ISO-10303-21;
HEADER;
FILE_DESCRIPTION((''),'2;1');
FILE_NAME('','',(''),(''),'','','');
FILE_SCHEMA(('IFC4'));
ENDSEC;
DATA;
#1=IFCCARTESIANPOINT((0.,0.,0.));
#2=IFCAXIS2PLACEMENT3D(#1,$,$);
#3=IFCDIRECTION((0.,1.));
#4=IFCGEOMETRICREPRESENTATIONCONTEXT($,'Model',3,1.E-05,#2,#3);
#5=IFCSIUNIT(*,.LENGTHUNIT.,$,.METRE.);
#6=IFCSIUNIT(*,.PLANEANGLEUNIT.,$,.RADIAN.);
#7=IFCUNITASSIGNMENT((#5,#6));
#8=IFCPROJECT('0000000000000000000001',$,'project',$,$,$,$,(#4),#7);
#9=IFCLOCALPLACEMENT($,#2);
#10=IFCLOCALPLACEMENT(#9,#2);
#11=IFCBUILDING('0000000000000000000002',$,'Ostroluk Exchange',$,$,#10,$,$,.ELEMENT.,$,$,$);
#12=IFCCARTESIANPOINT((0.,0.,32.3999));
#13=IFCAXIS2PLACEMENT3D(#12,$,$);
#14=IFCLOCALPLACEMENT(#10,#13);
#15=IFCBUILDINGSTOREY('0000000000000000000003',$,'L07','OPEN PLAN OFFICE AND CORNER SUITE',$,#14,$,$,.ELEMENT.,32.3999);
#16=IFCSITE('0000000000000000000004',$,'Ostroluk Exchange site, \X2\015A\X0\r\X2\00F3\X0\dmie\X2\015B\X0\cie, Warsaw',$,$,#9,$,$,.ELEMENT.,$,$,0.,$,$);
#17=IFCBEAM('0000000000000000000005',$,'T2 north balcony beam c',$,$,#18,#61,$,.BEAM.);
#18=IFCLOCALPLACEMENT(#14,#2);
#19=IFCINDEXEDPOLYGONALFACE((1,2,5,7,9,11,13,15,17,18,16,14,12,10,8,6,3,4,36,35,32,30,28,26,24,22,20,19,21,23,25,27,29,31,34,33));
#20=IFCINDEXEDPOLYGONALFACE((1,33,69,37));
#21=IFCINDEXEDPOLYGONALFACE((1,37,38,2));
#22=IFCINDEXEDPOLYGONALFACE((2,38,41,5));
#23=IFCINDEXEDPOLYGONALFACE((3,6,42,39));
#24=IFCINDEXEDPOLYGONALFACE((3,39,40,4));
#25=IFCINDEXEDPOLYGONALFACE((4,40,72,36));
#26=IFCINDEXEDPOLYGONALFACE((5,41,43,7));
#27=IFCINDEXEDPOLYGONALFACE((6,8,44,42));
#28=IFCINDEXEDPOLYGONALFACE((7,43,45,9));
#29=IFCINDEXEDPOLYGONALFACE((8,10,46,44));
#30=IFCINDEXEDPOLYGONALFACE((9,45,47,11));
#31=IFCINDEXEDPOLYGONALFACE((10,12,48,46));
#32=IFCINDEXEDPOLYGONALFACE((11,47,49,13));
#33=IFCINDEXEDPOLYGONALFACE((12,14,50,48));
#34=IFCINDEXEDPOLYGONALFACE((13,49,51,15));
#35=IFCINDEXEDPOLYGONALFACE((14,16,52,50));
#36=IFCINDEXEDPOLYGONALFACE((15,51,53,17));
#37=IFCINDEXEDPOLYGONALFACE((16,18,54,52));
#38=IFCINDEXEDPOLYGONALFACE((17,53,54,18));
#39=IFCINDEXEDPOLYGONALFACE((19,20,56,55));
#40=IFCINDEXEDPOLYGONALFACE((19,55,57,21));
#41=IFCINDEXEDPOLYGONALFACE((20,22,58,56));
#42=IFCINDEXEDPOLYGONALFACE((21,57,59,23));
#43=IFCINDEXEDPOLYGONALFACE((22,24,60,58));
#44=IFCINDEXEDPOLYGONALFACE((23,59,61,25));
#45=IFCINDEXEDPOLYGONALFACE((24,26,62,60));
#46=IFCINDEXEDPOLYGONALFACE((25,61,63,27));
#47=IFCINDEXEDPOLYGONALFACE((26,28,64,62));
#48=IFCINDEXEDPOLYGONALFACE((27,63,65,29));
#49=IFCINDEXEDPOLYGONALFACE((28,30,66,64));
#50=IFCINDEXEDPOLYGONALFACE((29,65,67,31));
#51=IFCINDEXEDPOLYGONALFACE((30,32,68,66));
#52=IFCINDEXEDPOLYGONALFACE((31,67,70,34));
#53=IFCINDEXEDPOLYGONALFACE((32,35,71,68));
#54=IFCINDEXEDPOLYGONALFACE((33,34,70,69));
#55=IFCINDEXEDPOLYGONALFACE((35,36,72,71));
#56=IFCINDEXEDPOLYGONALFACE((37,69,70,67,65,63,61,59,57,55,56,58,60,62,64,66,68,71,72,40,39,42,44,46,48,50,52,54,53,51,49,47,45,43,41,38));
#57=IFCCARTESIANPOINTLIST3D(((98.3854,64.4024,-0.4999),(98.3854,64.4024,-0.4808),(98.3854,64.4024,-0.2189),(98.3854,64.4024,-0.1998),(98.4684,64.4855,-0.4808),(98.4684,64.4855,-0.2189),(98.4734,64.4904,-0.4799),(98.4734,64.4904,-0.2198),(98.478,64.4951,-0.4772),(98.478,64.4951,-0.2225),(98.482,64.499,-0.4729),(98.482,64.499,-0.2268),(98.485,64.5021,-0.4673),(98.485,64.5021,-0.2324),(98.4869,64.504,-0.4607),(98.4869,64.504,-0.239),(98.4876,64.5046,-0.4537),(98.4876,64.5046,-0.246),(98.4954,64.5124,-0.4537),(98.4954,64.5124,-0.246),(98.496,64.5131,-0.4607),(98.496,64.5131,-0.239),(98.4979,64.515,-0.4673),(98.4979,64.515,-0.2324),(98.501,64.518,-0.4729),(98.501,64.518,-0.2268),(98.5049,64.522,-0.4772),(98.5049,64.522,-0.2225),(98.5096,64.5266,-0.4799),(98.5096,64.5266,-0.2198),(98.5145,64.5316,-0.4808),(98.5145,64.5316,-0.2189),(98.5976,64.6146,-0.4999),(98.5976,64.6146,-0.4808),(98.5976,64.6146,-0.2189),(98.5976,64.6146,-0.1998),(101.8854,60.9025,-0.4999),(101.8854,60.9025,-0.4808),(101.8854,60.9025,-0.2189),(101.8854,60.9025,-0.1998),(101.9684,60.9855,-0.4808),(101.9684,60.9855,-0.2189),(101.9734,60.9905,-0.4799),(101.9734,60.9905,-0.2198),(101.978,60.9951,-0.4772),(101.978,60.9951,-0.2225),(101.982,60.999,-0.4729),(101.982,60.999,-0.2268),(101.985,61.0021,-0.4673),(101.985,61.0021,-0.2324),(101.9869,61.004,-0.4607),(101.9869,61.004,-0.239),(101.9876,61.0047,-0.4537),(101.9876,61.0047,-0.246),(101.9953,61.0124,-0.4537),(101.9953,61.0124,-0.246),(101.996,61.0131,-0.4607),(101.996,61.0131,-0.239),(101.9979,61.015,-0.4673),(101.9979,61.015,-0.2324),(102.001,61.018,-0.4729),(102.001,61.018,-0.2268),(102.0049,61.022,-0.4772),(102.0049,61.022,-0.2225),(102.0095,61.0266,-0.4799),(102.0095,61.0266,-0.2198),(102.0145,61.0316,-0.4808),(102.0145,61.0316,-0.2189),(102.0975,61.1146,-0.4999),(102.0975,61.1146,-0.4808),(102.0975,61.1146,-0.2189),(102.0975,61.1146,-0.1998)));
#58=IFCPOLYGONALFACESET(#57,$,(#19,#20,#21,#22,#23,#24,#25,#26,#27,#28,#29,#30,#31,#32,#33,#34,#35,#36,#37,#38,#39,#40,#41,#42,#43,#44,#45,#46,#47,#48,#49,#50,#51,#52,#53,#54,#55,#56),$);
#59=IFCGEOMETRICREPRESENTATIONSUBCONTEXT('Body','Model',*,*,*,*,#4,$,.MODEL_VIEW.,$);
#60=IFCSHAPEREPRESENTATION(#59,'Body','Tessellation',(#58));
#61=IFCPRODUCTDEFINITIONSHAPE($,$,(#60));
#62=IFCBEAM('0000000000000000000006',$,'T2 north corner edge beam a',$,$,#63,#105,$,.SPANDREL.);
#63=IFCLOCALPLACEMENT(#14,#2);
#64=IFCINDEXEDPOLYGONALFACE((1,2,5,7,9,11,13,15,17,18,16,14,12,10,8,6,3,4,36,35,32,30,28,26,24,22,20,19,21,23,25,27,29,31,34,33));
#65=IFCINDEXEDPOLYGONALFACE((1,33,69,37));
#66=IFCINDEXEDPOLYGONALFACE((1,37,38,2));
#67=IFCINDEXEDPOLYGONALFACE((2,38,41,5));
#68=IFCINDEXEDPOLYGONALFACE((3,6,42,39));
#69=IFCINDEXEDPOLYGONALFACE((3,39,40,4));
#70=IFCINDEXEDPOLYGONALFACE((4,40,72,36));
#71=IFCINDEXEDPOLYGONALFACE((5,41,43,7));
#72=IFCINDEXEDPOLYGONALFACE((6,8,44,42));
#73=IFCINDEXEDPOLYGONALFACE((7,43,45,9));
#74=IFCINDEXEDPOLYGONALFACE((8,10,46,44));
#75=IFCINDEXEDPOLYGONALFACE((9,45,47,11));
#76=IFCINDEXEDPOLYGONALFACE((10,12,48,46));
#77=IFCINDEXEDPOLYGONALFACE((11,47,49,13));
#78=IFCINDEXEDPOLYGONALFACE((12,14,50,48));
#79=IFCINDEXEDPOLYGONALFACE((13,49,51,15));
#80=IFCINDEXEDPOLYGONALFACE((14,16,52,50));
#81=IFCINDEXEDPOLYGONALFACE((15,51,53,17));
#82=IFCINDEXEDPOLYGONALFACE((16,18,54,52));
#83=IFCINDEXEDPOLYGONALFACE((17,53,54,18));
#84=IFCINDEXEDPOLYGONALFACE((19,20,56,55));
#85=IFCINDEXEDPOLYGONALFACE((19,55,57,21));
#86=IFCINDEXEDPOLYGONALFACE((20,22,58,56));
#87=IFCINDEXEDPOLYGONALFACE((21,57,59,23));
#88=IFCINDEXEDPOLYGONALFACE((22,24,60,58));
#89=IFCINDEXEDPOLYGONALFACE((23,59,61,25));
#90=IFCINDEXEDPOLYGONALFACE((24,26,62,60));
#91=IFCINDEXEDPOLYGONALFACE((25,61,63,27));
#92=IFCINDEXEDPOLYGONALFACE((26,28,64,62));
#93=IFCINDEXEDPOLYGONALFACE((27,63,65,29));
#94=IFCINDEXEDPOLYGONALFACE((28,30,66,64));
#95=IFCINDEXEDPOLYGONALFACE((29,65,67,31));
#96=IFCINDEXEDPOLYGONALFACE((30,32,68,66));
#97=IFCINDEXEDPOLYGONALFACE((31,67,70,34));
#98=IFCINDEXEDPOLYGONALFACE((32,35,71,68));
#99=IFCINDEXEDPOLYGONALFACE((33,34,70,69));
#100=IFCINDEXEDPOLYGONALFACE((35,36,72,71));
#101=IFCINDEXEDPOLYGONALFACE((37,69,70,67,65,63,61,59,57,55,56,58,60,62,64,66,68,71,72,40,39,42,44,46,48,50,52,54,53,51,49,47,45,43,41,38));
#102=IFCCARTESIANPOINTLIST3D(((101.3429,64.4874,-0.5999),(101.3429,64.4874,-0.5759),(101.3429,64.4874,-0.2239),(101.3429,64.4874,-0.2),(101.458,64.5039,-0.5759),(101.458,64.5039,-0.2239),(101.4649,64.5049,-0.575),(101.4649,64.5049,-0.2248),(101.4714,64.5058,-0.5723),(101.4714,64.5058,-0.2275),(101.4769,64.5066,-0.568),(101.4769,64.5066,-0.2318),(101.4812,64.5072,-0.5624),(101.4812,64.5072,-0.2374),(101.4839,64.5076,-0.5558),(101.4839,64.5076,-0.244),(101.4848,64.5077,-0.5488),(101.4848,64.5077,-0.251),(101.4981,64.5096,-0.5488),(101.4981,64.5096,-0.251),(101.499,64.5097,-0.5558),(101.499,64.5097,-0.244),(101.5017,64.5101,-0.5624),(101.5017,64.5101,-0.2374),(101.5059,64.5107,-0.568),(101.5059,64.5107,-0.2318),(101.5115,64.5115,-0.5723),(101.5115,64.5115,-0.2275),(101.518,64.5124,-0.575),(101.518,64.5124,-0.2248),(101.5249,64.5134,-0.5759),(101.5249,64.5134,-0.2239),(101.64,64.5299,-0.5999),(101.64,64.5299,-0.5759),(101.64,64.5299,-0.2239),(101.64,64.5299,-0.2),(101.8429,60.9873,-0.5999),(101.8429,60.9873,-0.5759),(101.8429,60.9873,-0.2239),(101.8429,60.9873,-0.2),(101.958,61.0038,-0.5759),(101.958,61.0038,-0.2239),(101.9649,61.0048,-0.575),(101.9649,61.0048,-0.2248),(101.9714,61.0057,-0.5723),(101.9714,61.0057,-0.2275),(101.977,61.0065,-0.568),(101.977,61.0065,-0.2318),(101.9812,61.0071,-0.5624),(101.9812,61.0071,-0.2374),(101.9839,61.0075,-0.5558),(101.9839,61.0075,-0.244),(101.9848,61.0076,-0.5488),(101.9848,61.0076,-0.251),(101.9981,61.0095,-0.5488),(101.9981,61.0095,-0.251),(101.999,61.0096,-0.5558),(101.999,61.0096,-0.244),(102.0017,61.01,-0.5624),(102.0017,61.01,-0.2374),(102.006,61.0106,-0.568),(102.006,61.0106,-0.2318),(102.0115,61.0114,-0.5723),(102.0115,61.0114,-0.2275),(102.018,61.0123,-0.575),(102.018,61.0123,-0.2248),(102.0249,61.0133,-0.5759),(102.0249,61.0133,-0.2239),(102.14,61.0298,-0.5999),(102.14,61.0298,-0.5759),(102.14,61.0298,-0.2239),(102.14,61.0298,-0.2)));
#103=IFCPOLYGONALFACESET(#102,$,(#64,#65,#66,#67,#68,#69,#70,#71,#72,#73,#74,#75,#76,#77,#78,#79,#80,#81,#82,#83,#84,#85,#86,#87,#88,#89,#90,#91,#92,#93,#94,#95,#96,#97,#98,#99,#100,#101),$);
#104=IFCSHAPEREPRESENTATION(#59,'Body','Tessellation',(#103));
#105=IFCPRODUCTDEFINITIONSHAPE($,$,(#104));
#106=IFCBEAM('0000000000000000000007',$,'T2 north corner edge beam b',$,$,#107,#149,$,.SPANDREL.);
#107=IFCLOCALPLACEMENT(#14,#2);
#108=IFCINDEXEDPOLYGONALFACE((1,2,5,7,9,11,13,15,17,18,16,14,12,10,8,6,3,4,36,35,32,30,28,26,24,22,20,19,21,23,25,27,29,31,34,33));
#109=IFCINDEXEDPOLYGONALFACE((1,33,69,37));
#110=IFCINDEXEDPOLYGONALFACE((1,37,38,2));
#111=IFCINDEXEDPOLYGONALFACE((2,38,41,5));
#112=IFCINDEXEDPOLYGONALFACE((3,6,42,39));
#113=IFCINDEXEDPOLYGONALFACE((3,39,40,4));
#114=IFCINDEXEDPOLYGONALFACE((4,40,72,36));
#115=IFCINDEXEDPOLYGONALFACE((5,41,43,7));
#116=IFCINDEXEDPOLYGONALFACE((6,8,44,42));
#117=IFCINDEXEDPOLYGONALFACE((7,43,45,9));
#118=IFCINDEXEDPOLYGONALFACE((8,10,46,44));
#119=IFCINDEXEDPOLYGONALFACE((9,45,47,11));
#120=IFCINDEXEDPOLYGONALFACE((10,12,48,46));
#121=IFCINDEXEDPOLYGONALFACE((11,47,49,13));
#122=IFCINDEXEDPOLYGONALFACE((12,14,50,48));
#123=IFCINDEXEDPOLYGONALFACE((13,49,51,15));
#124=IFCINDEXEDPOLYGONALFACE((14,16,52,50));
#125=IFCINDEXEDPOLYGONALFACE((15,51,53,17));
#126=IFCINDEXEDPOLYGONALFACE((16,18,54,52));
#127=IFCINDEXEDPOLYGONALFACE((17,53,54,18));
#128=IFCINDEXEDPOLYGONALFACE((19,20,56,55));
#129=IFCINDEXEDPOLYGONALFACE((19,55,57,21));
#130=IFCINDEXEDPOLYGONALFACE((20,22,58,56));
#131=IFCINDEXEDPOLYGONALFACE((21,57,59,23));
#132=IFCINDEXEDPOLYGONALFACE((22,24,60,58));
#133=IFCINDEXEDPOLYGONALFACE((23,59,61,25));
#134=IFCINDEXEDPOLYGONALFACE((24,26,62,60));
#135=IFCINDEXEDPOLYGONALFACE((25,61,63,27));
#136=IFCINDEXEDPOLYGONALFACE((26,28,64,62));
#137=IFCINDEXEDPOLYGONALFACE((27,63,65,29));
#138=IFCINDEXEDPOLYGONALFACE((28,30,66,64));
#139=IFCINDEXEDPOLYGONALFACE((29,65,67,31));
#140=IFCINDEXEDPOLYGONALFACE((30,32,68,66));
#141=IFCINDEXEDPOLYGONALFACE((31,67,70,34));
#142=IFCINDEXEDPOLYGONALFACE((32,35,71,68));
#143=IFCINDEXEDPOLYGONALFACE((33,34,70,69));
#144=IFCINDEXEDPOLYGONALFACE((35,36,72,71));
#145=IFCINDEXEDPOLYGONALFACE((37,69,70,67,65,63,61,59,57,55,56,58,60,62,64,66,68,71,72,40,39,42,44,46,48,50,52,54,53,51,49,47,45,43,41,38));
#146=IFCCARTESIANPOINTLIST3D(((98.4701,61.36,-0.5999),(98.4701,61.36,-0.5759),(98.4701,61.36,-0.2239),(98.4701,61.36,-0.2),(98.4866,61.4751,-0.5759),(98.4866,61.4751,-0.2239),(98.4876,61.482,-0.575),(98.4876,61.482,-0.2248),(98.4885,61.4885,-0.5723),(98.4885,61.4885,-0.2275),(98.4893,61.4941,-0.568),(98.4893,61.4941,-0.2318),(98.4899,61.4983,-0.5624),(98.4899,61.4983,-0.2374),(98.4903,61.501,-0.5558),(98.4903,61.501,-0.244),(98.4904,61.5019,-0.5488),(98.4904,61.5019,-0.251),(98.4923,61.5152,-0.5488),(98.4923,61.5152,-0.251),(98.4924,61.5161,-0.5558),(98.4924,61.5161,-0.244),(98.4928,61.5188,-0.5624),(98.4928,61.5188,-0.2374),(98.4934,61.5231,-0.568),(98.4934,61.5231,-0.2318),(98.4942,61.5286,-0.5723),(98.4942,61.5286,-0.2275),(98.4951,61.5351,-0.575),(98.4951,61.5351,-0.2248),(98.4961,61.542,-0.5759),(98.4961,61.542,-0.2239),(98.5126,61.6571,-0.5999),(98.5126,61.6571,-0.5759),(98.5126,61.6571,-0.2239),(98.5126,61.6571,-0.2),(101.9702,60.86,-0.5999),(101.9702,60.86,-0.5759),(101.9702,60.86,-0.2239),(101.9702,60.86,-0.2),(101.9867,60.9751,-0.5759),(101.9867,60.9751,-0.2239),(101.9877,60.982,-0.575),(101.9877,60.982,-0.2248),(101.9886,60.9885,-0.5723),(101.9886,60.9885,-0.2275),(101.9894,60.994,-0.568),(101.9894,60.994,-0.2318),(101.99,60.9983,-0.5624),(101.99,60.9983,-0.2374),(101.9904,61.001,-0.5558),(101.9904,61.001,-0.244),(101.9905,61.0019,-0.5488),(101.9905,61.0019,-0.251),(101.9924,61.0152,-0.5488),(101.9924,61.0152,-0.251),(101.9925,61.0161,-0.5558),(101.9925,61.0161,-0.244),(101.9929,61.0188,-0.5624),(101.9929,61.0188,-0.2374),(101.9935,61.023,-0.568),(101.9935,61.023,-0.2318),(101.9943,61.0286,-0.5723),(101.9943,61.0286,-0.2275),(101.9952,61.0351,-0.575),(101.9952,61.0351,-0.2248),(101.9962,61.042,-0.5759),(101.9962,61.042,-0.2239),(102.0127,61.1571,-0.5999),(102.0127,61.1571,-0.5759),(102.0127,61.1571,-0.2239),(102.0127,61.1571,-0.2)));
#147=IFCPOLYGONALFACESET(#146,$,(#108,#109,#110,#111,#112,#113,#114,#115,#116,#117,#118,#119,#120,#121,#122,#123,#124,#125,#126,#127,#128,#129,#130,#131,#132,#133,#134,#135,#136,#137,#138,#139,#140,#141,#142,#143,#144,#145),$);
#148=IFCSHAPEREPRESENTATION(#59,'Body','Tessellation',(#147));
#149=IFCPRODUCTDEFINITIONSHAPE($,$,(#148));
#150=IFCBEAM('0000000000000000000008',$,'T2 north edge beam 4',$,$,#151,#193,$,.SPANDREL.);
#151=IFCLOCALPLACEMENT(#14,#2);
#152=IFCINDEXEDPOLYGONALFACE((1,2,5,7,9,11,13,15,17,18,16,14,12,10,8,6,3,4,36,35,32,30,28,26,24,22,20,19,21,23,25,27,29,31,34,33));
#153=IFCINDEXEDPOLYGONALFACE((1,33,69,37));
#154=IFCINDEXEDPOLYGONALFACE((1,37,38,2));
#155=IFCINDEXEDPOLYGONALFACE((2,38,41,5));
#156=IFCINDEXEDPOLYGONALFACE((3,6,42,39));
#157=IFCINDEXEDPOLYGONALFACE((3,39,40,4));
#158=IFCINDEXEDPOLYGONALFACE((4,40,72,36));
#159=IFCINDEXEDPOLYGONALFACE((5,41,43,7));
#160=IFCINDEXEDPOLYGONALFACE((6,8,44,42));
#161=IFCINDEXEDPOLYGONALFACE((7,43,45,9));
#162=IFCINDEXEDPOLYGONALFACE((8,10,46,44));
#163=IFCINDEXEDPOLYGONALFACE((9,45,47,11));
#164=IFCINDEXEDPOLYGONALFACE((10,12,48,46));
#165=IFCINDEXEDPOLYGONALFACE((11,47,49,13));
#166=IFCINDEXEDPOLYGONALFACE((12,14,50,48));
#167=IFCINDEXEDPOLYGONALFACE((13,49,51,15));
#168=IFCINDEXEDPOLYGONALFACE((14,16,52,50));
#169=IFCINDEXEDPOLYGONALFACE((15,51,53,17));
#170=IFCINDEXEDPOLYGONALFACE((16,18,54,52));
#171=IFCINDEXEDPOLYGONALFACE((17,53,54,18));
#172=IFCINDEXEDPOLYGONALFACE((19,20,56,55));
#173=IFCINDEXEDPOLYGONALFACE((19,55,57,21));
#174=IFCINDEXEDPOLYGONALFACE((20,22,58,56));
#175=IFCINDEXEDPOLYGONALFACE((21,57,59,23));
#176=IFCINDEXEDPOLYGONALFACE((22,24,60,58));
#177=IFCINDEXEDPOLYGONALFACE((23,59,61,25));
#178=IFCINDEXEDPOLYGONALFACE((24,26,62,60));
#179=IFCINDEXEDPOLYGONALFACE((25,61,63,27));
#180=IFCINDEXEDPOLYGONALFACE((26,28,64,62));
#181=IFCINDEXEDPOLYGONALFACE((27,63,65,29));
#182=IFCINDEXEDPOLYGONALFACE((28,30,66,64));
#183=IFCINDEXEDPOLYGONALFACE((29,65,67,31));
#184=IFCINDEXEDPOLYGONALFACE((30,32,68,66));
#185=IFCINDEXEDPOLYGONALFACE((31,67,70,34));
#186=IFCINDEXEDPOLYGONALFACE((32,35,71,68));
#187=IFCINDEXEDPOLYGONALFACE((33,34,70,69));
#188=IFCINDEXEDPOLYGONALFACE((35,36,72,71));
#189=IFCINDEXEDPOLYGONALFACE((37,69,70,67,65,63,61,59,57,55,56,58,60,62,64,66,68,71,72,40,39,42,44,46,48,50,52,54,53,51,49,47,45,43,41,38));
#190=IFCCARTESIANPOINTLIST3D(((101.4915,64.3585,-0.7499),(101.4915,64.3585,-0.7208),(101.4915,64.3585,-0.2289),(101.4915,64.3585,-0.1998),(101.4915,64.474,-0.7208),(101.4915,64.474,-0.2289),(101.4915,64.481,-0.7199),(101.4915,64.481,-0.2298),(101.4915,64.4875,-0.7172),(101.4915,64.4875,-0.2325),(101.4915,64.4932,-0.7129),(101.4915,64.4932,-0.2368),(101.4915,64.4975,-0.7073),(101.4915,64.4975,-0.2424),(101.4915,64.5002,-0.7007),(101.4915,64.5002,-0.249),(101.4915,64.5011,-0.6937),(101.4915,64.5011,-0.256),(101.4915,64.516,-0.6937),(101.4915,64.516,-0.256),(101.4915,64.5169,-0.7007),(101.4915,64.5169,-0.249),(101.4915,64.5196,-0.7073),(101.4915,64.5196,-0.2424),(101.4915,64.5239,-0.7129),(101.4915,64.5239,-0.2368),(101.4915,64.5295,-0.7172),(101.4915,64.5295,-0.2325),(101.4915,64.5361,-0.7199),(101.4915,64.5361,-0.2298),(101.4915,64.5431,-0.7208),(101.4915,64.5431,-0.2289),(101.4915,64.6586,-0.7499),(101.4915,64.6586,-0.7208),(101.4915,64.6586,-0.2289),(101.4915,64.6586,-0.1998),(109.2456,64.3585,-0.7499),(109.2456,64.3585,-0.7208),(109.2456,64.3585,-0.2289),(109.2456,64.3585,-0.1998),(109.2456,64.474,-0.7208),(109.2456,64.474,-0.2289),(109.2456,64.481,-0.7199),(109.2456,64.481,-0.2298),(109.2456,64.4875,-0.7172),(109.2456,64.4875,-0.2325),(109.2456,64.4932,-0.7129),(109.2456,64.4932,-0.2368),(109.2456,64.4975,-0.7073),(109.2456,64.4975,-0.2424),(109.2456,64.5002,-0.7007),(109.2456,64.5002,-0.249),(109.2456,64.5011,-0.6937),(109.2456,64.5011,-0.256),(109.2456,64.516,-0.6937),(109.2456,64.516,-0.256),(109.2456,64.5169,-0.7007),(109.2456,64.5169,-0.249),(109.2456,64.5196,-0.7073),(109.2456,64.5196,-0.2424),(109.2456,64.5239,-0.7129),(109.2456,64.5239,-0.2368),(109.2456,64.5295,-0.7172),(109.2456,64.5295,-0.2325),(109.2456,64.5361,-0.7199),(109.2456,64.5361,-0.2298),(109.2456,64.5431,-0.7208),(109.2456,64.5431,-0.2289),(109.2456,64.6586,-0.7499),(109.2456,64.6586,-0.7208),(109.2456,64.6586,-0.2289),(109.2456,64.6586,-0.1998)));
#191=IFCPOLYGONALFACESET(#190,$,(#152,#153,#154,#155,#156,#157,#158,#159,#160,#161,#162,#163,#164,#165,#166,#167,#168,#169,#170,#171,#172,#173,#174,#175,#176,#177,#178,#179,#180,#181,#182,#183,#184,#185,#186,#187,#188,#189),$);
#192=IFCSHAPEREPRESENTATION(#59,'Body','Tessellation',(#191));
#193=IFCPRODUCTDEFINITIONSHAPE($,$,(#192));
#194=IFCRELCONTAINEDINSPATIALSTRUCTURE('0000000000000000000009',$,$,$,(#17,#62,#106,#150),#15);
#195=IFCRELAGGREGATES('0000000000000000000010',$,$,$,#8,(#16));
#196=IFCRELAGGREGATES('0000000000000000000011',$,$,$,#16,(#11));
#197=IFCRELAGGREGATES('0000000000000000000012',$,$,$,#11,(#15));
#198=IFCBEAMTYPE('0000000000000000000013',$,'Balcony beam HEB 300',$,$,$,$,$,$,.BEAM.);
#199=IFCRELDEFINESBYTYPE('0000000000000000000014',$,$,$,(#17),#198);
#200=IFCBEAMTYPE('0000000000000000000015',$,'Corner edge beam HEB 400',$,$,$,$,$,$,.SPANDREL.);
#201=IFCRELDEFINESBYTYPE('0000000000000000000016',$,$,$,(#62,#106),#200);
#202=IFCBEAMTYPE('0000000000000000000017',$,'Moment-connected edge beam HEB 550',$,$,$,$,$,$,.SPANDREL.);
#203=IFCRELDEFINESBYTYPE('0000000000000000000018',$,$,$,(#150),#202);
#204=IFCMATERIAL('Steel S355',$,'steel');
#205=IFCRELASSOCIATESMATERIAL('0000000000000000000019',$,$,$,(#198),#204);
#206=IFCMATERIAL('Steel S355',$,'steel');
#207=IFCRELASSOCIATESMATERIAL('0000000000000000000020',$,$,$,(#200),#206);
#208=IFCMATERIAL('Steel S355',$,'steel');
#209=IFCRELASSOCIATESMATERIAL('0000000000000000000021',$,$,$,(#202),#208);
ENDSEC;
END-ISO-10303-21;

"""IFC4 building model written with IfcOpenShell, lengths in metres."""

from ifc_helpers import new_model, si_unit, direction, frame, origin, origin_2d, place, context, subcontext, project, spatial, i_section, extrude, material, material_profile, profile_set, type_object, element, save


model = new_model("IFC4")

# Units and contexts
model_context = context("Model", 3, precision=1e-05, world=origin(), true_north=direction((0.0, 1.0)))
body_context = subcontext(model_context, "Body", "Model", "MODEL_VIEW")
ifc_project = project(units=[si_unit("LENGTHUNIT", "METRE"), si_unit("PLANEANGLEUNIT", "RADIAN")], contexts=[model_context])

# Site, building, storey
site_placement = place(None, origin())
site = spatial("IfcSite", under=ifc_project, at=site_placement, Name="Ostroluk Exchange site, Śródmieście, Warsaw", CompositionType="ELEMENT", RefElevation=0.0)
building_placement = place(site_placement, origin())
building = spatial("IfcBuilding", under=site, at=building_placement, Name="Ostroluk Exchange", CompositionType="ELEMENT")
storey_placement = place(building_placement, frame((0.0, 0.0, 32.3999)))
storey = spatial("IfcBuildingStorey", under=building, at=storey_placement, Name="L07", Description="OPEN PLAN OFFICE AND CORNER SUITE", CompositionType="ELEMENT", Elevation=32.3999)

# Beams
ifc_material_1 = material(Name="Steel S355", Category="steel")
ifc_material_profile_1 = material_profile(ifc_material_1, i_section(OverallWidth=0.3, OverallDepth=0.3, WebThickness=0.011, FlangeThickness=0.019, FilletRadius=0.0271, at=origin_2d()), Name="HEB 300")
ifc_profile_set_1 = profile_set([ifc_material_profile_1], Name="Steel S355")
beam_type_1 = type_object("IfcBeamType", Name="Balcony beam HEB 300", PredefinedType="BEAM", material=ifc_profile_set_1)
beam_placement = place(storey_placement, frame((101.9915, 61.0085, -0.3499), z_axis=(-0.707107, 0.707107, 0.0), x_axis=(-0.707107, -0.707107, 0.0)))
element("IfcBeam", 1, at=beam_placement, inside=storey, type_object=beam_type_1, Name="T2 north balcony beam c", PredefinedType="BEAM", context=body_context, shape_type="SweptSolid", body=[
    extrude(i_section(OverallWidth=0.3, OverallDepth=0.3, WebThickness=0.011, FlangeThickness=0.019, FilletRadius=0.0271, at=origin_2d()), origin(), (0.0, 0.0, 1.0), 4.9497),
])
ifc_material_2 = material(Name="Steel S355", Category="steel")
ifc_material_profile_2 = material_profile(ifc_material_2, i_section(OverallWidth=0.3, OverallDepth=0.3999, WebThickness=0.0134, FlangeThickness=0.0239, FilletRadius=0.0271, at=origin_2d()), Name="HEB 400")
ifc_profile_set_2 = profile_set([ifc_material_profile_2], Name="Steel S355")
beam_type_2 = type_object("IfcBeamType", Name="Corner edge beam HEB 400", PredefinedType="SPANDREL", material=ifc_profile_set_2)
for number, where, z_axis, x_axis, name in (
    (2, (101.9915, 61.0085, -0.3999), (-0.141421, 0.989949, 0.0), (-0.989949, -0.141421, 0.0), "T2 north corner edge beam a"),
    (3, (101.9915, 61.0085, -0.3999), (-0.989949, 0.141421, 0.0), (-0.141421, -0.989949, 0.0), "T2 north corner edge beam b"),
):
    element("IfcBeam", number, at=place(storey_placement, frame(where, z_axis=z_axis, x_axis=x_axis)), inside=storey, type_object=beam_type_2, Name=name, PredefinedType="SPANDREL", context=body_context, shape_type="SweptSolid", body=[
        extrude(i_section(OverallWidth=0.3, OverallDepth=0.3999, WebThickness=0.0134, FlangeThickness=0.0239, FilletRadius=0.0271, at=origin_2d()), origin(), (0.0, 0.0, 1.0), 3.5356),
    ])
ifc_material_3 = material(Name="Steel S355", Category="steel")
ifc_material_profile_3 = material_profile(ifc_material_3, i_section(OverallWidth=0.3, OverallDepth=0.55, WebThickness=0.0149, FlangeThickness=0.0291, FilletRadius=0.0271, at=origin_2d()), Name="HEB 550")
ifc_profile_set_3 = profile_set([ifc_material_profile_3], Name="Steel S355")
beam_type_3 = type_object("IfcBeamType", Name="Moment-connected edge beam HEB 550", PredefinedType="SPANDREL", material=ifc_profile_set_3)
for number, where, z_axis, x_axis, name in (
    (4, (109.2456, 64.5085, -0.4749), (-1.0, 0.0, 0.0), (0.0, -1.0, 0.0), "T2 north edge beam 4"),
):
    element("IfcBeam", number, at=place(storey_placement, frame(where, z_axis=z_axis, x_axis=x_axis)), inside=storey, type_object=beam_type_3, Name=name, PredefinedType="SPANDREL", context=body_context, shape_type="SweptSolid", body=[
        extrude(i_section(OverallWidth=0.3, OverallDepth=0.55, WebThickness=0.0149, FlangeThickness=0.0291, FilletRadius=0.0271, at=origin_2d()), origin(), (0.0, 0.0, 1.0), 7.7542),
    ])

save(model, "model.ifc")
